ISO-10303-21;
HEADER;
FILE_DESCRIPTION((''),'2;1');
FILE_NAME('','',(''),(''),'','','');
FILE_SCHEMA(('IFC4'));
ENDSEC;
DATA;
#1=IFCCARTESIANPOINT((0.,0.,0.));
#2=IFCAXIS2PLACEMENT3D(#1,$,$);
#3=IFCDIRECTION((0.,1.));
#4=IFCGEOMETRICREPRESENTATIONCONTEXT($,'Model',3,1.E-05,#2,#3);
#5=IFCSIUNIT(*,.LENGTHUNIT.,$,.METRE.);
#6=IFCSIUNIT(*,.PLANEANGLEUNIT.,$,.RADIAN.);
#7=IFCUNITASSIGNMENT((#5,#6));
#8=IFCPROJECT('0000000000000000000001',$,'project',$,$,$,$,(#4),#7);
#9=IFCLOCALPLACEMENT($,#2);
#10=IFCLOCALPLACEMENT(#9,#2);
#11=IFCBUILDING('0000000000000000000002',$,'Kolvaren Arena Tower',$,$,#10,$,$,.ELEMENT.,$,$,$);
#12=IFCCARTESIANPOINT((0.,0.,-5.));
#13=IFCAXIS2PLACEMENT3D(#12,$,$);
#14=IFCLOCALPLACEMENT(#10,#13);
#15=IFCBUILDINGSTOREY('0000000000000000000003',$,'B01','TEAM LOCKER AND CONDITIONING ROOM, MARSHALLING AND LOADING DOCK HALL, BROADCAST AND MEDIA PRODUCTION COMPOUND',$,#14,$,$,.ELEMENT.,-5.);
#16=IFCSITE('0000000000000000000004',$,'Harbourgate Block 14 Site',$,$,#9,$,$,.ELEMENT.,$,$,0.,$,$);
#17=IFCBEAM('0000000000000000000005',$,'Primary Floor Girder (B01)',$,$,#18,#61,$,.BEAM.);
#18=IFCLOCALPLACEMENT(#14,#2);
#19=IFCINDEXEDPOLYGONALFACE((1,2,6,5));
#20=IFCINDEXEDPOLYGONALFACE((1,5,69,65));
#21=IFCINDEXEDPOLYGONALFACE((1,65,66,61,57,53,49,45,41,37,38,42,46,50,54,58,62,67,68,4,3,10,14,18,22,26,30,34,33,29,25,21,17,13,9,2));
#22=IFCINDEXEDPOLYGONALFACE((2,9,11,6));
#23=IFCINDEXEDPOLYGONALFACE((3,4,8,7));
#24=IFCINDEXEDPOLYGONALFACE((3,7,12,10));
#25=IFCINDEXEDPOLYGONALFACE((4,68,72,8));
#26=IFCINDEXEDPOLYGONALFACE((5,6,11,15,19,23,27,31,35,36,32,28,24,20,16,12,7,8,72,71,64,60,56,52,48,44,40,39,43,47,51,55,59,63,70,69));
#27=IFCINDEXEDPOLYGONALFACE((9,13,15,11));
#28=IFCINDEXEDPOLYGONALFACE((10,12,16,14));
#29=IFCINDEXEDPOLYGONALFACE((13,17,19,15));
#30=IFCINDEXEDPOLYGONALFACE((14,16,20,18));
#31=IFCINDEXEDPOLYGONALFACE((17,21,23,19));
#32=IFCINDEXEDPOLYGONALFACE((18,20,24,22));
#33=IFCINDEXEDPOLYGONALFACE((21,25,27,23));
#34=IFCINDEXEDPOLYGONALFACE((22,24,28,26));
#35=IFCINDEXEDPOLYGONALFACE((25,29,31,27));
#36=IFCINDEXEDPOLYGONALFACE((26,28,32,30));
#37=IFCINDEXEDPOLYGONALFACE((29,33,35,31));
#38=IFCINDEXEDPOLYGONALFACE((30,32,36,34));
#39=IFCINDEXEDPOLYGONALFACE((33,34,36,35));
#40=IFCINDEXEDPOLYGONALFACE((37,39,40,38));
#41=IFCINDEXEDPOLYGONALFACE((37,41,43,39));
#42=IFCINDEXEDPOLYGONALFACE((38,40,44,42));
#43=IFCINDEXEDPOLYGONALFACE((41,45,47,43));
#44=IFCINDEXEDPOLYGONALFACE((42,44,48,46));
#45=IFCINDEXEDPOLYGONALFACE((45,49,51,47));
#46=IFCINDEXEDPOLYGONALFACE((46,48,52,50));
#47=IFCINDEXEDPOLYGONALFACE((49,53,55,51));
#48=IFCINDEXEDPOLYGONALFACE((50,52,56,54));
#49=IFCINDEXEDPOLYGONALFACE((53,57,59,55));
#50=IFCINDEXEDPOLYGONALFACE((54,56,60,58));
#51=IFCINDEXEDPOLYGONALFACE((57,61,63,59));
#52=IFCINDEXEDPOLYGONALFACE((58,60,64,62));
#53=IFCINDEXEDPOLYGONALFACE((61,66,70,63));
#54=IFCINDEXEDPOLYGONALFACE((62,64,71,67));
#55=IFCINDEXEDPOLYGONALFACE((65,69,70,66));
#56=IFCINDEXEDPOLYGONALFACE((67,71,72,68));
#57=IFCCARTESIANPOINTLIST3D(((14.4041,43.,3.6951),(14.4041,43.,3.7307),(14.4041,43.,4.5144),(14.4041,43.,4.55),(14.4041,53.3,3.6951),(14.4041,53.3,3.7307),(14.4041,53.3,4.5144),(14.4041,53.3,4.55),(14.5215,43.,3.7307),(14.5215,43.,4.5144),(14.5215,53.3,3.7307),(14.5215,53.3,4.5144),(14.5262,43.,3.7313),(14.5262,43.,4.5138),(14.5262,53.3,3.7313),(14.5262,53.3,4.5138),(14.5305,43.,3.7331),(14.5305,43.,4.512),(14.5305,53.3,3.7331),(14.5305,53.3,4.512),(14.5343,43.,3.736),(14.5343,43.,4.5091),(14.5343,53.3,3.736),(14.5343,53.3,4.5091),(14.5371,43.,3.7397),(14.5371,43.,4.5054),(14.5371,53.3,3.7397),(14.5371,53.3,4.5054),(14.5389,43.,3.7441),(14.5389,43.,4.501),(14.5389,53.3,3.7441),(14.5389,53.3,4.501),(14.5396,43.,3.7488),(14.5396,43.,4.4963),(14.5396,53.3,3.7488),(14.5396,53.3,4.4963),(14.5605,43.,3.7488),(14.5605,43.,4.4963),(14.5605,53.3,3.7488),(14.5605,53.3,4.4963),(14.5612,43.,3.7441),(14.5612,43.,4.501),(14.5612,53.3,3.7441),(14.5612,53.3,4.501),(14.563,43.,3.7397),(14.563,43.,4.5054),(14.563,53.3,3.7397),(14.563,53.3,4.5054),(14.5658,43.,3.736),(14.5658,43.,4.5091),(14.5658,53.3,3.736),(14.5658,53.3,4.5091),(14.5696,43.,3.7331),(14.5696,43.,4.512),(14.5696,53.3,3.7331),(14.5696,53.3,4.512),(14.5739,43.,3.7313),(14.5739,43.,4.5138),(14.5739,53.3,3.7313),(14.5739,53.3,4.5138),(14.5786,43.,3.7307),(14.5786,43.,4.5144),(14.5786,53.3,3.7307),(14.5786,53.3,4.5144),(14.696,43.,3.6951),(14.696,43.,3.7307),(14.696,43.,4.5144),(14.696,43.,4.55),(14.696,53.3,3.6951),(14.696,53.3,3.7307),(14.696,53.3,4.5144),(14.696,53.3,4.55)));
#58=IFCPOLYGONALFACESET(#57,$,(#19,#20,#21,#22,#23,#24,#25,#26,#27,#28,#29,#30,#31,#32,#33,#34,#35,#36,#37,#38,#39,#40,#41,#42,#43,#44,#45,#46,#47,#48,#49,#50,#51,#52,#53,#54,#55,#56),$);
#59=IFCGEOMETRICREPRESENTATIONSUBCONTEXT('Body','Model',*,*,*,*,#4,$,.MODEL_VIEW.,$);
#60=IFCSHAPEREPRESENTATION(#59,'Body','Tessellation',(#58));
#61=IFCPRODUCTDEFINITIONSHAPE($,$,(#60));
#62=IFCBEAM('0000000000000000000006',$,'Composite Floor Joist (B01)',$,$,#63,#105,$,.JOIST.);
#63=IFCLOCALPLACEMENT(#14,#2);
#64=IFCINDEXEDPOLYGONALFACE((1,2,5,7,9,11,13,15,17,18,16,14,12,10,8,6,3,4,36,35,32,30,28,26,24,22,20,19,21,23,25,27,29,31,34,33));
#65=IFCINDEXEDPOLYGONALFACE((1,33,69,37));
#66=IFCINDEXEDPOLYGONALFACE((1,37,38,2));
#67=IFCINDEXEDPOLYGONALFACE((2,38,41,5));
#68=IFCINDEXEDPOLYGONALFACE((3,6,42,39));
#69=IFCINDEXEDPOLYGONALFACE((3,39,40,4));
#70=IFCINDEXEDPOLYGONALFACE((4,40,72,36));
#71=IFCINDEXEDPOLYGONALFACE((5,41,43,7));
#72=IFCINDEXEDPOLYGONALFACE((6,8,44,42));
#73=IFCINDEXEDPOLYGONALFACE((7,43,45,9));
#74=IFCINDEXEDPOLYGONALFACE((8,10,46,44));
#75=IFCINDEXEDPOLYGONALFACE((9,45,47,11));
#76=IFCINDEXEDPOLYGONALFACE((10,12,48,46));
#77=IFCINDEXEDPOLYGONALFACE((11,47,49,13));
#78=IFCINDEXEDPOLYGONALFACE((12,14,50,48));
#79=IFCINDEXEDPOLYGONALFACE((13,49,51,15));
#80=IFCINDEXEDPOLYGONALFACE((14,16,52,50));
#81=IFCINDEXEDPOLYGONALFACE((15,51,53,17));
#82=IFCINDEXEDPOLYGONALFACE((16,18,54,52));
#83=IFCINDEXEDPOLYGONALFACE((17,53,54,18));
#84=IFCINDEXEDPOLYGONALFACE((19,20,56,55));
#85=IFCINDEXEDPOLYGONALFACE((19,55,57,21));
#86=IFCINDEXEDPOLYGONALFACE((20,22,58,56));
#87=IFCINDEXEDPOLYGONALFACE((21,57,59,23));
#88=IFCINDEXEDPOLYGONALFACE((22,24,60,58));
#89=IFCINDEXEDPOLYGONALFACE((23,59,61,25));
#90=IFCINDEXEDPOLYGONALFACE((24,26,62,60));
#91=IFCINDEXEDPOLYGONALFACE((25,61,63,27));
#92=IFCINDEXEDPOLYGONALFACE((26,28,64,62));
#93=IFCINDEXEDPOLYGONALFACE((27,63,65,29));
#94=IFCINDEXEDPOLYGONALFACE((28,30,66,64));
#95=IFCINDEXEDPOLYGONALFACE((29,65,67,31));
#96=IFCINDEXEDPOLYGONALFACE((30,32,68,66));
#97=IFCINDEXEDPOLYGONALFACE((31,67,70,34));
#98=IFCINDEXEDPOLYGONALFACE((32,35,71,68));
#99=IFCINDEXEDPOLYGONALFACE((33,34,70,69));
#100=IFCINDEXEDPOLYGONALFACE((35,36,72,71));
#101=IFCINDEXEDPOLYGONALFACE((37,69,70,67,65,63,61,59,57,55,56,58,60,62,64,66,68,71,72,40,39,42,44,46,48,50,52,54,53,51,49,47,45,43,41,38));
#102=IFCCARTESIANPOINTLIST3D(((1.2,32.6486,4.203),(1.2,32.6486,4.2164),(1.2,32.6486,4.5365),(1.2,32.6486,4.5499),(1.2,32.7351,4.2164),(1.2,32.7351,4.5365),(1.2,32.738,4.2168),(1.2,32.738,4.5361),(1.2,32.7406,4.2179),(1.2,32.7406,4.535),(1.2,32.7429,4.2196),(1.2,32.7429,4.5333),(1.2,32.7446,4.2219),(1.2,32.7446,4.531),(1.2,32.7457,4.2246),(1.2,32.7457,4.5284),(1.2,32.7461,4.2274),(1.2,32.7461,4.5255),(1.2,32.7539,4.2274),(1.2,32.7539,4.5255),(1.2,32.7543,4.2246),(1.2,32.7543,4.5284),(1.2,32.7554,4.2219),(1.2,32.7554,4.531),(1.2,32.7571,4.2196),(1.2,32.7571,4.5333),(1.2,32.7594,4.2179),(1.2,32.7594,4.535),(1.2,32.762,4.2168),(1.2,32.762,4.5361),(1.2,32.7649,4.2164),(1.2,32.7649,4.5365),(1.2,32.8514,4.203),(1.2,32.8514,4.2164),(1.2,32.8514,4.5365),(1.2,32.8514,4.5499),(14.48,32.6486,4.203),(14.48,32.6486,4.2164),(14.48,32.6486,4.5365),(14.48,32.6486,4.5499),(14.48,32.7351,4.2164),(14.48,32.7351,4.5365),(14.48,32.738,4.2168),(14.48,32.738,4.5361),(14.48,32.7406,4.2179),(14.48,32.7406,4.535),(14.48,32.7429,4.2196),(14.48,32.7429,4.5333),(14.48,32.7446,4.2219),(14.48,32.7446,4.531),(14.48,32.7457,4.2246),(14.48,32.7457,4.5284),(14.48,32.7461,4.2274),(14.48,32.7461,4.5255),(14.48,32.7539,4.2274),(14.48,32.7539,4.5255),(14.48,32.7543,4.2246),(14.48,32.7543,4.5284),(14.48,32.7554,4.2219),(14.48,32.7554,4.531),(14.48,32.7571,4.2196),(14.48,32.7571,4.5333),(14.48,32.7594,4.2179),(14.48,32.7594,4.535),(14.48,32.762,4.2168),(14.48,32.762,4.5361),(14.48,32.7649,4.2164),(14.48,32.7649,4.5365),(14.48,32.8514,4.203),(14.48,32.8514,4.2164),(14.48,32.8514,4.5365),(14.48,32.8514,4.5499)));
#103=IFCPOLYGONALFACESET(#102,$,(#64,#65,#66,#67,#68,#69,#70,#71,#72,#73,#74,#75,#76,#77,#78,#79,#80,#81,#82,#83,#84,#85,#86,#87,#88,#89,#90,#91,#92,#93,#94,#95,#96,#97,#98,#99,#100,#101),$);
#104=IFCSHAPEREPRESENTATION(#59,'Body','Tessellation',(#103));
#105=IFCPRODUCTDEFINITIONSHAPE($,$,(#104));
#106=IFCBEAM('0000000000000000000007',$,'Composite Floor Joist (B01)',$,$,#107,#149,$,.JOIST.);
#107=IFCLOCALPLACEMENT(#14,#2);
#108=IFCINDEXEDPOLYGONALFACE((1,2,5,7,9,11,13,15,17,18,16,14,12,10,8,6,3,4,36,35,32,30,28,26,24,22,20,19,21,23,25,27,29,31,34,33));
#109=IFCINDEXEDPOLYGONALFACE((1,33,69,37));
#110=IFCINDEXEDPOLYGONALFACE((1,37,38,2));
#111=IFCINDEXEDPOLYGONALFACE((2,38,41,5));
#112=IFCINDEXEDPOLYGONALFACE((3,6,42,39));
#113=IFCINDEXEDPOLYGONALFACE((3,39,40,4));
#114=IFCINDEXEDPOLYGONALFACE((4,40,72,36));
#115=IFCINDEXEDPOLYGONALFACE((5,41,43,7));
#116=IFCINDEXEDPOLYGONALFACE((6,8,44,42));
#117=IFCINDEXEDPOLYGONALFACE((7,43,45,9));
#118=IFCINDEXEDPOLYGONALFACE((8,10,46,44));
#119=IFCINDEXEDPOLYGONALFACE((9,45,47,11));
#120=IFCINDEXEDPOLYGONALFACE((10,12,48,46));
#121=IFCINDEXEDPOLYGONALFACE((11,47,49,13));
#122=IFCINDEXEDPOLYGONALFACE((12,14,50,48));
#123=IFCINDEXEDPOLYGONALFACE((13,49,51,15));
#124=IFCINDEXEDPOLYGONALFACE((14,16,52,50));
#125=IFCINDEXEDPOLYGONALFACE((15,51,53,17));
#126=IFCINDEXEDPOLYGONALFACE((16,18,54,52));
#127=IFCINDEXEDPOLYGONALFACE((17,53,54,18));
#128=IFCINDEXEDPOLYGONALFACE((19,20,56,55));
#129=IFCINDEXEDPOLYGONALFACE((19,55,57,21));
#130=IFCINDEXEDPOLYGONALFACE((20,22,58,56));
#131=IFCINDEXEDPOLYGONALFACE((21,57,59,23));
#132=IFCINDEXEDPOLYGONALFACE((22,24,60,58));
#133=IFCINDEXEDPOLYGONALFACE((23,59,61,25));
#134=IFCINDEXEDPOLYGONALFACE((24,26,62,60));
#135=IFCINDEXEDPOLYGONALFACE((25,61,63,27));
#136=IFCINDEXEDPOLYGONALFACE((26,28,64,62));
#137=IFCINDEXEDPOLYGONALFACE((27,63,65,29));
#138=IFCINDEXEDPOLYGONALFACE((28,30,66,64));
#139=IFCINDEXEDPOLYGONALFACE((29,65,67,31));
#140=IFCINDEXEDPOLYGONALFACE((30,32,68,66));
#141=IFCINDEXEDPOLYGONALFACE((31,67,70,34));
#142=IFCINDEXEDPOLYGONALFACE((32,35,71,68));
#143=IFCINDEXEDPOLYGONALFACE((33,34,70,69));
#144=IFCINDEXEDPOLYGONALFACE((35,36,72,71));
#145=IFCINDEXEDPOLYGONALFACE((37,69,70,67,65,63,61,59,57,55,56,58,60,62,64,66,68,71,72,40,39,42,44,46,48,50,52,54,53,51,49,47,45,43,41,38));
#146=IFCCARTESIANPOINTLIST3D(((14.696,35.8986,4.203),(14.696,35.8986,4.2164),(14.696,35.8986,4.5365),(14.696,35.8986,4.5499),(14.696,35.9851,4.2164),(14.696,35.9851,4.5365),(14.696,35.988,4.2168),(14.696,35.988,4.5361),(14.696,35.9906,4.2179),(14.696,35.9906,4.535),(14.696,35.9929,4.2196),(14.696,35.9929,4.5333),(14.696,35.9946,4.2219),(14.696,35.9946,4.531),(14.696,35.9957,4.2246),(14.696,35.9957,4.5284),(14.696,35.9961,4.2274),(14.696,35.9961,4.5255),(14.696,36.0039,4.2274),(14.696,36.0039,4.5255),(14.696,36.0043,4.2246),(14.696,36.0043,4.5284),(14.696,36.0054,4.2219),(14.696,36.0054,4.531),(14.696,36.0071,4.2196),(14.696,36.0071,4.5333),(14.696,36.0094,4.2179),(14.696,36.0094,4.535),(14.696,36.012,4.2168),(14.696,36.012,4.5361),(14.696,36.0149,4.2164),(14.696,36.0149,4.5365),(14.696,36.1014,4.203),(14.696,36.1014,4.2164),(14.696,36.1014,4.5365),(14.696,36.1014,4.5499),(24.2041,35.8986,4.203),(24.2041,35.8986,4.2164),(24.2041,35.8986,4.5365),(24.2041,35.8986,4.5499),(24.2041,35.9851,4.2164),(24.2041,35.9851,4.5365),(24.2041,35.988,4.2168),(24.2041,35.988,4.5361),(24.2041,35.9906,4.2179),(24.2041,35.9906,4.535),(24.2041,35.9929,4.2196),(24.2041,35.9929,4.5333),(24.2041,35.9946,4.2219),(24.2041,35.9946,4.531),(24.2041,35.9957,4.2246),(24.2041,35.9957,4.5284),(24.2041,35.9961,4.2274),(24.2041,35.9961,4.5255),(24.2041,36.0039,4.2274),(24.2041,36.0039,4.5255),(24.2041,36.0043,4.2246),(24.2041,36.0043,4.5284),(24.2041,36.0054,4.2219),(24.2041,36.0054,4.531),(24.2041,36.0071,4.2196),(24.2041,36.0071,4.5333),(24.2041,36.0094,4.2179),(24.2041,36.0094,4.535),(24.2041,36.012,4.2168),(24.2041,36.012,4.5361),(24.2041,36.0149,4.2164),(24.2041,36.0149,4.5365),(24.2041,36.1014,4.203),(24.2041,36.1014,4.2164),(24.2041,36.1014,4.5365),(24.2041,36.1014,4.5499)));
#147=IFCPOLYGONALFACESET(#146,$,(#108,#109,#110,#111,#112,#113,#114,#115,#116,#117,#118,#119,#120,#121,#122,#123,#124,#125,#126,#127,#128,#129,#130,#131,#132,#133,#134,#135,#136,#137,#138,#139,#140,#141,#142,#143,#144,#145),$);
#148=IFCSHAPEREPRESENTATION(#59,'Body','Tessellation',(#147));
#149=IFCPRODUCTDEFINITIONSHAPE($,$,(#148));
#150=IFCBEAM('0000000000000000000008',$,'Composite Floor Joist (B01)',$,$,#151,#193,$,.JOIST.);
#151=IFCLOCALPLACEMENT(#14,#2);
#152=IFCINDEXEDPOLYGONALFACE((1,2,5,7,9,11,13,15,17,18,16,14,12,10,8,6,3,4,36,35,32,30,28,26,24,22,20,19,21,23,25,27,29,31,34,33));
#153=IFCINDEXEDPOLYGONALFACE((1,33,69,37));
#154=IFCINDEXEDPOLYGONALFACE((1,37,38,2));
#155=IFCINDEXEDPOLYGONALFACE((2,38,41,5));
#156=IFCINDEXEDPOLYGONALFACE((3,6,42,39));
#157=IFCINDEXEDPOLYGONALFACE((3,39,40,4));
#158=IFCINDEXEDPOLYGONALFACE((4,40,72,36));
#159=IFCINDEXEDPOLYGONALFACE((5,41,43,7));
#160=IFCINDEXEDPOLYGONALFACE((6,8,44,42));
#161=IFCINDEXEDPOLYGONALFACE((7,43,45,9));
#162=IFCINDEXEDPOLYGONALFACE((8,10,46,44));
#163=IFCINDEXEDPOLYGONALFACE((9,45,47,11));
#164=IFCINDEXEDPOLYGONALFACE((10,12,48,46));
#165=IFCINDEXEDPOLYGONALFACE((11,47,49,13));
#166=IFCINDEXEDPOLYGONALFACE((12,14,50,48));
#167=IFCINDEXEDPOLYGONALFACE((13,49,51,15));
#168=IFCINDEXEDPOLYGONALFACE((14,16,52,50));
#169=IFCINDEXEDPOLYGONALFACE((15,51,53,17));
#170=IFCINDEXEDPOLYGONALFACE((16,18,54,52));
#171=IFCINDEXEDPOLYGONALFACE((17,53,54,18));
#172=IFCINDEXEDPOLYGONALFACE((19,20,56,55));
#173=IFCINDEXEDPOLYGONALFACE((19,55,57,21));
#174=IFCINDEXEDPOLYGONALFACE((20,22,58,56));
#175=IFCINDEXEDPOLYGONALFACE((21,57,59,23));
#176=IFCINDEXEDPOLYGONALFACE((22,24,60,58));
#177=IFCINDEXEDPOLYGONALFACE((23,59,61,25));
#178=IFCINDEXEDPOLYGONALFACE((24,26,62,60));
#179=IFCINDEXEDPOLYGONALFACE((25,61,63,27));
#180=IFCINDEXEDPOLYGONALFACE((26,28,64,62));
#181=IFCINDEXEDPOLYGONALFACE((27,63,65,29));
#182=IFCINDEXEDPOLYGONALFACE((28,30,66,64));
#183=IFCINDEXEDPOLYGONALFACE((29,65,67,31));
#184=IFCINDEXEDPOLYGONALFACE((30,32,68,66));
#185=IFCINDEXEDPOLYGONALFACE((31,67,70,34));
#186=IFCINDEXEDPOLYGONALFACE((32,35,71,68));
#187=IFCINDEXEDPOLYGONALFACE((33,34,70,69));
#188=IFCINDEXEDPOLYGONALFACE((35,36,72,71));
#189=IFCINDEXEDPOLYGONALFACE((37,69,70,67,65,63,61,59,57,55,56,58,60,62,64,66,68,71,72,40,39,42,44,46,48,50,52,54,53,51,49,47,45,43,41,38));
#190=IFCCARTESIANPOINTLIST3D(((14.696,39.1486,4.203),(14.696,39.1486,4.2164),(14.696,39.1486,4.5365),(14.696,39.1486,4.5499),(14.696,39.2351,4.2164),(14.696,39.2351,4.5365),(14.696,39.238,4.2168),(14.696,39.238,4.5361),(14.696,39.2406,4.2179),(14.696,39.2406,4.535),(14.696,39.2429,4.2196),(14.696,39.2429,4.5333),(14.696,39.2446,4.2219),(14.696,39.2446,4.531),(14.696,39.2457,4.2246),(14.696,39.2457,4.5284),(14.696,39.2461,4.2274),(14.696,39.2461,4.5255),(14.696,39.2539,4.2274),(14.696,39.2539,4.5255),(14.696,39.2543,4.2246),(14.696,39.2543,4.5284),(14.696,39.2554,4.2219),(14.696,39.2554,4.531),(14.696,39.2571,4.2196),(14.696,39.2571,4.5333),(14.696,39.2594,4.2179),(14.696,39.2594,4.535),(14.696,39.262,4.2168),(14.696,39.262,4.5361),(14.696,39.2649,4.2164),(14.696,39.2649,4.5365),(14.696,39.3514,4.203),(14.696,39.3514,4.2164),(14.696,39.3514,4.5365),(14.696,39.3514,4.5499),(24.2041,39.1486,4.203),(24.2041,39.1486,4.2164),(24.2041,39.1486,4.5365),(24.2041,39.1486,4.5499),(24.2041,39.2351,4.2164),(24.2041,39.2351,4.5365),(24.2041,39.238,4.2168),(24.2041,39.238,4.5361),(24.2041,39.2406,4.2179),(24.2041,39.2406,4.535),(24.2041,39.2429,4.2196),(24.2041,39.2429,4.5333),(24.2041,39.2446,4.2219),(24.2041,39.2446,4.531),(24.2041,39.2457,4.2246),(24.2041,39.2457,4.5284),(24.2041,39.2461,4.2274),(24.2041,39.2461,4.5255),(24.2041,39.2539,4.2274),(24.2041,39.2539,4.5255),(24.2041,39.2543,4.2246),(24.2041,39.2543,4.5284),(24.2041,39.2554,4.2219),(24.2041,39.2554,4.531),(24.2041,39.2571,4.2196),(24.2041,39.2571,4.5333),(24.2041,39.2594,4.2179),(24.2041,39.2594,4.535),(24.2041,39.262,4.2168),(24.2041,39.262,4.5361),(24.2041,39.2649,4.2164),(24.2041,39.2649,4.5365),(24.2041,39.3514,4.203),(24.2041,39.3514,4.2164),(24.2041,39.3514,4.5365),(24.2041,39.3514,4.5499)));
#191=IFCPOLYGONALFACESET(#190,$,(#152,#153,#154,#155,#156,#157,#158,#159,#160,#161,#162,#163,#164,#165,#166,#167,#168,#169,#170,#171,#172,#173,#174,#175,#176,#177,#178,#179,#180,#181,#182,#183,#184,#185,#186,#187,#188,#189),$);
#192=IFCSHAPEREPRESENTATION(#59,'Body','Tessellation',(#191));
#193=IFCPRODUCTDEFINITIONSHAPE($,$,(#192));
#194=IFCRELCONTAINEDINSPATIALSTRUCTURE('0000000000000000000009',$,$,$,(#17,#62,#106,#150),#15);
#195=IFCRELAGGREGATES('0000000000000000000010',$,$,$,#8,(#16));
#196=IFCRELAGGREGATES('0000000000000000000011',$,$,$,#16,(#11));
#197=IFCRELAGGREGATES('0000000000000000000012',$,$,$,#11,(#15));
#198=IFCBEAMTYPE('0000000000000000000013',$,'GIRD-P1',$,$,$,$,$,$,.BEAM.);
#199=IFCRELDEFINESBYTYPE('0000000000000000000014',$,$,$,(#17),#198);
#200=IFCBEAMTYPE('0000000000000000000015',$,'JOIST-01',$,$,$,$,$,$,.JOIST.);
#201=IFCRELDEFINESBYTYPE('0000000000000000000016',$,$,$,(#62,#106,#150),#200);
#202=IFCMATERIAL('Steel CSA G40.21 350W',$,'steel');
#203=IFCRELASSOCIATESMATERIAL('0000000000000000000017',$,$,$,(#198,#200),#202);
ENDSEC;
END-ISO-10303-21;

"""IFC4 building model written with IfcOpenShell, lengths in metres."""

from ifc_helpers import new_model, si_unit, direction, frame, origin, origin_2d, place, context, subcontext, project, spatial, i_section, extrude, material, material_profile, profile_set, type_object, element, save


model = new_model("IFC4")

# Units and contexts
model_context = context("Model", 3, precision=1e-05, world=origin(), true_north=direction((0.0, 1.0)))
body_context = subcontext(model_context, "Body", "Model", "MODEL_VIEW")
ifc_project = project(units=[si_unit("LENGTHUNIT", "METRE"), si_unit("PLANEANGLEUNIT", "RADIAN")], contexts=[model_context])

# Site, building, storey
site_placement = place(None, origin())
site = spatial("IfcSite", under=ifc_project, at=site_placement, Name="Harbourgate Block 14 Site", CompositionType="ELEMENT", RefElevation=0.0)
building_placement = place(site_placement, origin())
building = spatial("IfcBuilding", under=site, at=building_placement, Name="Kolvaren Arena Tower", CompositionType="ELEMENT")
storey_placement = place(building_placement, frame((0.0, 0.0, -5.0)))
storey = spatial("IfcBuildingStorey", under=building, at=storey_placement, Name="B01", Description="TEAM LOCKER AND CONDITIONING ROOM, MARSHALLING AND LOADING DOCK HALL, BROADCAST AND MEDIA PRODUCTION COMPOUND", CompositionType="ELEMENT", Elevation=-5.0)

# Beams
ifc_material_1 = material(Name="Steel CSA G40.21 350W", Category="steel")
ifc_material_profile_1 = material_profile(ifc_material_1, i_section(OverallWidth=0.292, OverallDepth=0.855, WebThickness=0.021, FlangeThickness=0.0356, FilletRadius=0.0181, at=origin_2d()), Name="W840x299")
ifc_profile_set_1 = profile_set([ifc_material_profile_1], Name="Steel CSA G40.21 350W")
beam_type_1 = type_object("IfcBeamType", Name="GIRD-P1", PredefinedType="BEAM", material=ifc_profile_set_1)
beam_1_placement = place(storey_placement, frame((14.55, 43.0, 4.1226), z_axis=(0.0, 1.0, 0.0), x_axis=(-1.0, 0.0, 0.0)))
element("IfcBeam", 1, at=beam_1_placement, inside=storey, type_object=beam_type_1, Name="Primary Floor Girder (B01)", PredefinedType="BEAM", context=body_context, shape_type="SweptSolid", body=[
    extrude(i_section(OverallWidth=0.292, OverallDepth=0.855, WebThickness=0.021, FlangeThickness=0.0356, FilletRadius=0.0181, at=origin_2d()), origin(), (0.0, 0.0, 1.0), 10.3),
])
ifc_material_profile_2 = material_profile(ifc_material_1, i_section(OverallWidth=0.2029, OverallDepth=0.3469, WebThickness=0.0078, FlangeThickness=0.0134, FilletRadius=0.011, at=origin_2d()), Name="W360x64")
ifc_profile_set_2 = profile_set([ifc_material_profile_2], Name="Steel CSA G40.21 350W")
beam_type_2 = type_object("IfcBeamType", Name="JOIST-01", PredefinedType="JOIST", material=ifc_profile_set_2)
beam_2_placement = place(storey_placement, frame((1.2, 32.75, 4.3765), z_axis=(1.0, 0.0, 0.0), x_axis=(0.0, 1.0, 0.0)))
element("IfcBeam", 2, at=beam_2_placement, inside=storey, type_object=beam_type_2, Name="Composite Floor Joist (B01)", PredefinedType="JOIST", context=body_context, shape_type="SweptSolid", body=[
    extrude(i_section(OverallWidth=0.2029, OverallDepth=0.3469, WebThickness=0.0078, FlangeThickness=0.0134, FilletRadius=0.011, at=origin_2d()), origin(), (0.0, 0.0, 1.0), 13.28),
])
for number, where, z_axis, x_axis, name in (
    (3, (14.696, 36.0, 4.3765), (1.0, 0.0, 0.0), (0.0, 1.0, 0.0), "Composite Floor Joist (B01)"),
    (4, (14.696, 39.25, 4.3765), (1.0, 0.0, 0.0), (0.0, 1.0, 0.0), "Composite Floor Joist (B01)"),
):
    element("IfcBeam", number, at=place(storey_placement, frame(where, z_axis=z_axis, x_axis=x_axis)), inside=storey, type_object=beam_type_2, Name=name, PredefinedType="JOIST", context=body_context, shape_type="SweptSolid", body=[
        extrude(i_section(OverallWidth=0.2029, OverallDepth=0.3469, WebThickness=0.0078, FlangeThickness=0.0134, FilletRadius=0.011, at=origin_2d()), origin(), (0.0, 0.0, 1.0), 9.5081),
    ])

save(model, "model.ifc")
